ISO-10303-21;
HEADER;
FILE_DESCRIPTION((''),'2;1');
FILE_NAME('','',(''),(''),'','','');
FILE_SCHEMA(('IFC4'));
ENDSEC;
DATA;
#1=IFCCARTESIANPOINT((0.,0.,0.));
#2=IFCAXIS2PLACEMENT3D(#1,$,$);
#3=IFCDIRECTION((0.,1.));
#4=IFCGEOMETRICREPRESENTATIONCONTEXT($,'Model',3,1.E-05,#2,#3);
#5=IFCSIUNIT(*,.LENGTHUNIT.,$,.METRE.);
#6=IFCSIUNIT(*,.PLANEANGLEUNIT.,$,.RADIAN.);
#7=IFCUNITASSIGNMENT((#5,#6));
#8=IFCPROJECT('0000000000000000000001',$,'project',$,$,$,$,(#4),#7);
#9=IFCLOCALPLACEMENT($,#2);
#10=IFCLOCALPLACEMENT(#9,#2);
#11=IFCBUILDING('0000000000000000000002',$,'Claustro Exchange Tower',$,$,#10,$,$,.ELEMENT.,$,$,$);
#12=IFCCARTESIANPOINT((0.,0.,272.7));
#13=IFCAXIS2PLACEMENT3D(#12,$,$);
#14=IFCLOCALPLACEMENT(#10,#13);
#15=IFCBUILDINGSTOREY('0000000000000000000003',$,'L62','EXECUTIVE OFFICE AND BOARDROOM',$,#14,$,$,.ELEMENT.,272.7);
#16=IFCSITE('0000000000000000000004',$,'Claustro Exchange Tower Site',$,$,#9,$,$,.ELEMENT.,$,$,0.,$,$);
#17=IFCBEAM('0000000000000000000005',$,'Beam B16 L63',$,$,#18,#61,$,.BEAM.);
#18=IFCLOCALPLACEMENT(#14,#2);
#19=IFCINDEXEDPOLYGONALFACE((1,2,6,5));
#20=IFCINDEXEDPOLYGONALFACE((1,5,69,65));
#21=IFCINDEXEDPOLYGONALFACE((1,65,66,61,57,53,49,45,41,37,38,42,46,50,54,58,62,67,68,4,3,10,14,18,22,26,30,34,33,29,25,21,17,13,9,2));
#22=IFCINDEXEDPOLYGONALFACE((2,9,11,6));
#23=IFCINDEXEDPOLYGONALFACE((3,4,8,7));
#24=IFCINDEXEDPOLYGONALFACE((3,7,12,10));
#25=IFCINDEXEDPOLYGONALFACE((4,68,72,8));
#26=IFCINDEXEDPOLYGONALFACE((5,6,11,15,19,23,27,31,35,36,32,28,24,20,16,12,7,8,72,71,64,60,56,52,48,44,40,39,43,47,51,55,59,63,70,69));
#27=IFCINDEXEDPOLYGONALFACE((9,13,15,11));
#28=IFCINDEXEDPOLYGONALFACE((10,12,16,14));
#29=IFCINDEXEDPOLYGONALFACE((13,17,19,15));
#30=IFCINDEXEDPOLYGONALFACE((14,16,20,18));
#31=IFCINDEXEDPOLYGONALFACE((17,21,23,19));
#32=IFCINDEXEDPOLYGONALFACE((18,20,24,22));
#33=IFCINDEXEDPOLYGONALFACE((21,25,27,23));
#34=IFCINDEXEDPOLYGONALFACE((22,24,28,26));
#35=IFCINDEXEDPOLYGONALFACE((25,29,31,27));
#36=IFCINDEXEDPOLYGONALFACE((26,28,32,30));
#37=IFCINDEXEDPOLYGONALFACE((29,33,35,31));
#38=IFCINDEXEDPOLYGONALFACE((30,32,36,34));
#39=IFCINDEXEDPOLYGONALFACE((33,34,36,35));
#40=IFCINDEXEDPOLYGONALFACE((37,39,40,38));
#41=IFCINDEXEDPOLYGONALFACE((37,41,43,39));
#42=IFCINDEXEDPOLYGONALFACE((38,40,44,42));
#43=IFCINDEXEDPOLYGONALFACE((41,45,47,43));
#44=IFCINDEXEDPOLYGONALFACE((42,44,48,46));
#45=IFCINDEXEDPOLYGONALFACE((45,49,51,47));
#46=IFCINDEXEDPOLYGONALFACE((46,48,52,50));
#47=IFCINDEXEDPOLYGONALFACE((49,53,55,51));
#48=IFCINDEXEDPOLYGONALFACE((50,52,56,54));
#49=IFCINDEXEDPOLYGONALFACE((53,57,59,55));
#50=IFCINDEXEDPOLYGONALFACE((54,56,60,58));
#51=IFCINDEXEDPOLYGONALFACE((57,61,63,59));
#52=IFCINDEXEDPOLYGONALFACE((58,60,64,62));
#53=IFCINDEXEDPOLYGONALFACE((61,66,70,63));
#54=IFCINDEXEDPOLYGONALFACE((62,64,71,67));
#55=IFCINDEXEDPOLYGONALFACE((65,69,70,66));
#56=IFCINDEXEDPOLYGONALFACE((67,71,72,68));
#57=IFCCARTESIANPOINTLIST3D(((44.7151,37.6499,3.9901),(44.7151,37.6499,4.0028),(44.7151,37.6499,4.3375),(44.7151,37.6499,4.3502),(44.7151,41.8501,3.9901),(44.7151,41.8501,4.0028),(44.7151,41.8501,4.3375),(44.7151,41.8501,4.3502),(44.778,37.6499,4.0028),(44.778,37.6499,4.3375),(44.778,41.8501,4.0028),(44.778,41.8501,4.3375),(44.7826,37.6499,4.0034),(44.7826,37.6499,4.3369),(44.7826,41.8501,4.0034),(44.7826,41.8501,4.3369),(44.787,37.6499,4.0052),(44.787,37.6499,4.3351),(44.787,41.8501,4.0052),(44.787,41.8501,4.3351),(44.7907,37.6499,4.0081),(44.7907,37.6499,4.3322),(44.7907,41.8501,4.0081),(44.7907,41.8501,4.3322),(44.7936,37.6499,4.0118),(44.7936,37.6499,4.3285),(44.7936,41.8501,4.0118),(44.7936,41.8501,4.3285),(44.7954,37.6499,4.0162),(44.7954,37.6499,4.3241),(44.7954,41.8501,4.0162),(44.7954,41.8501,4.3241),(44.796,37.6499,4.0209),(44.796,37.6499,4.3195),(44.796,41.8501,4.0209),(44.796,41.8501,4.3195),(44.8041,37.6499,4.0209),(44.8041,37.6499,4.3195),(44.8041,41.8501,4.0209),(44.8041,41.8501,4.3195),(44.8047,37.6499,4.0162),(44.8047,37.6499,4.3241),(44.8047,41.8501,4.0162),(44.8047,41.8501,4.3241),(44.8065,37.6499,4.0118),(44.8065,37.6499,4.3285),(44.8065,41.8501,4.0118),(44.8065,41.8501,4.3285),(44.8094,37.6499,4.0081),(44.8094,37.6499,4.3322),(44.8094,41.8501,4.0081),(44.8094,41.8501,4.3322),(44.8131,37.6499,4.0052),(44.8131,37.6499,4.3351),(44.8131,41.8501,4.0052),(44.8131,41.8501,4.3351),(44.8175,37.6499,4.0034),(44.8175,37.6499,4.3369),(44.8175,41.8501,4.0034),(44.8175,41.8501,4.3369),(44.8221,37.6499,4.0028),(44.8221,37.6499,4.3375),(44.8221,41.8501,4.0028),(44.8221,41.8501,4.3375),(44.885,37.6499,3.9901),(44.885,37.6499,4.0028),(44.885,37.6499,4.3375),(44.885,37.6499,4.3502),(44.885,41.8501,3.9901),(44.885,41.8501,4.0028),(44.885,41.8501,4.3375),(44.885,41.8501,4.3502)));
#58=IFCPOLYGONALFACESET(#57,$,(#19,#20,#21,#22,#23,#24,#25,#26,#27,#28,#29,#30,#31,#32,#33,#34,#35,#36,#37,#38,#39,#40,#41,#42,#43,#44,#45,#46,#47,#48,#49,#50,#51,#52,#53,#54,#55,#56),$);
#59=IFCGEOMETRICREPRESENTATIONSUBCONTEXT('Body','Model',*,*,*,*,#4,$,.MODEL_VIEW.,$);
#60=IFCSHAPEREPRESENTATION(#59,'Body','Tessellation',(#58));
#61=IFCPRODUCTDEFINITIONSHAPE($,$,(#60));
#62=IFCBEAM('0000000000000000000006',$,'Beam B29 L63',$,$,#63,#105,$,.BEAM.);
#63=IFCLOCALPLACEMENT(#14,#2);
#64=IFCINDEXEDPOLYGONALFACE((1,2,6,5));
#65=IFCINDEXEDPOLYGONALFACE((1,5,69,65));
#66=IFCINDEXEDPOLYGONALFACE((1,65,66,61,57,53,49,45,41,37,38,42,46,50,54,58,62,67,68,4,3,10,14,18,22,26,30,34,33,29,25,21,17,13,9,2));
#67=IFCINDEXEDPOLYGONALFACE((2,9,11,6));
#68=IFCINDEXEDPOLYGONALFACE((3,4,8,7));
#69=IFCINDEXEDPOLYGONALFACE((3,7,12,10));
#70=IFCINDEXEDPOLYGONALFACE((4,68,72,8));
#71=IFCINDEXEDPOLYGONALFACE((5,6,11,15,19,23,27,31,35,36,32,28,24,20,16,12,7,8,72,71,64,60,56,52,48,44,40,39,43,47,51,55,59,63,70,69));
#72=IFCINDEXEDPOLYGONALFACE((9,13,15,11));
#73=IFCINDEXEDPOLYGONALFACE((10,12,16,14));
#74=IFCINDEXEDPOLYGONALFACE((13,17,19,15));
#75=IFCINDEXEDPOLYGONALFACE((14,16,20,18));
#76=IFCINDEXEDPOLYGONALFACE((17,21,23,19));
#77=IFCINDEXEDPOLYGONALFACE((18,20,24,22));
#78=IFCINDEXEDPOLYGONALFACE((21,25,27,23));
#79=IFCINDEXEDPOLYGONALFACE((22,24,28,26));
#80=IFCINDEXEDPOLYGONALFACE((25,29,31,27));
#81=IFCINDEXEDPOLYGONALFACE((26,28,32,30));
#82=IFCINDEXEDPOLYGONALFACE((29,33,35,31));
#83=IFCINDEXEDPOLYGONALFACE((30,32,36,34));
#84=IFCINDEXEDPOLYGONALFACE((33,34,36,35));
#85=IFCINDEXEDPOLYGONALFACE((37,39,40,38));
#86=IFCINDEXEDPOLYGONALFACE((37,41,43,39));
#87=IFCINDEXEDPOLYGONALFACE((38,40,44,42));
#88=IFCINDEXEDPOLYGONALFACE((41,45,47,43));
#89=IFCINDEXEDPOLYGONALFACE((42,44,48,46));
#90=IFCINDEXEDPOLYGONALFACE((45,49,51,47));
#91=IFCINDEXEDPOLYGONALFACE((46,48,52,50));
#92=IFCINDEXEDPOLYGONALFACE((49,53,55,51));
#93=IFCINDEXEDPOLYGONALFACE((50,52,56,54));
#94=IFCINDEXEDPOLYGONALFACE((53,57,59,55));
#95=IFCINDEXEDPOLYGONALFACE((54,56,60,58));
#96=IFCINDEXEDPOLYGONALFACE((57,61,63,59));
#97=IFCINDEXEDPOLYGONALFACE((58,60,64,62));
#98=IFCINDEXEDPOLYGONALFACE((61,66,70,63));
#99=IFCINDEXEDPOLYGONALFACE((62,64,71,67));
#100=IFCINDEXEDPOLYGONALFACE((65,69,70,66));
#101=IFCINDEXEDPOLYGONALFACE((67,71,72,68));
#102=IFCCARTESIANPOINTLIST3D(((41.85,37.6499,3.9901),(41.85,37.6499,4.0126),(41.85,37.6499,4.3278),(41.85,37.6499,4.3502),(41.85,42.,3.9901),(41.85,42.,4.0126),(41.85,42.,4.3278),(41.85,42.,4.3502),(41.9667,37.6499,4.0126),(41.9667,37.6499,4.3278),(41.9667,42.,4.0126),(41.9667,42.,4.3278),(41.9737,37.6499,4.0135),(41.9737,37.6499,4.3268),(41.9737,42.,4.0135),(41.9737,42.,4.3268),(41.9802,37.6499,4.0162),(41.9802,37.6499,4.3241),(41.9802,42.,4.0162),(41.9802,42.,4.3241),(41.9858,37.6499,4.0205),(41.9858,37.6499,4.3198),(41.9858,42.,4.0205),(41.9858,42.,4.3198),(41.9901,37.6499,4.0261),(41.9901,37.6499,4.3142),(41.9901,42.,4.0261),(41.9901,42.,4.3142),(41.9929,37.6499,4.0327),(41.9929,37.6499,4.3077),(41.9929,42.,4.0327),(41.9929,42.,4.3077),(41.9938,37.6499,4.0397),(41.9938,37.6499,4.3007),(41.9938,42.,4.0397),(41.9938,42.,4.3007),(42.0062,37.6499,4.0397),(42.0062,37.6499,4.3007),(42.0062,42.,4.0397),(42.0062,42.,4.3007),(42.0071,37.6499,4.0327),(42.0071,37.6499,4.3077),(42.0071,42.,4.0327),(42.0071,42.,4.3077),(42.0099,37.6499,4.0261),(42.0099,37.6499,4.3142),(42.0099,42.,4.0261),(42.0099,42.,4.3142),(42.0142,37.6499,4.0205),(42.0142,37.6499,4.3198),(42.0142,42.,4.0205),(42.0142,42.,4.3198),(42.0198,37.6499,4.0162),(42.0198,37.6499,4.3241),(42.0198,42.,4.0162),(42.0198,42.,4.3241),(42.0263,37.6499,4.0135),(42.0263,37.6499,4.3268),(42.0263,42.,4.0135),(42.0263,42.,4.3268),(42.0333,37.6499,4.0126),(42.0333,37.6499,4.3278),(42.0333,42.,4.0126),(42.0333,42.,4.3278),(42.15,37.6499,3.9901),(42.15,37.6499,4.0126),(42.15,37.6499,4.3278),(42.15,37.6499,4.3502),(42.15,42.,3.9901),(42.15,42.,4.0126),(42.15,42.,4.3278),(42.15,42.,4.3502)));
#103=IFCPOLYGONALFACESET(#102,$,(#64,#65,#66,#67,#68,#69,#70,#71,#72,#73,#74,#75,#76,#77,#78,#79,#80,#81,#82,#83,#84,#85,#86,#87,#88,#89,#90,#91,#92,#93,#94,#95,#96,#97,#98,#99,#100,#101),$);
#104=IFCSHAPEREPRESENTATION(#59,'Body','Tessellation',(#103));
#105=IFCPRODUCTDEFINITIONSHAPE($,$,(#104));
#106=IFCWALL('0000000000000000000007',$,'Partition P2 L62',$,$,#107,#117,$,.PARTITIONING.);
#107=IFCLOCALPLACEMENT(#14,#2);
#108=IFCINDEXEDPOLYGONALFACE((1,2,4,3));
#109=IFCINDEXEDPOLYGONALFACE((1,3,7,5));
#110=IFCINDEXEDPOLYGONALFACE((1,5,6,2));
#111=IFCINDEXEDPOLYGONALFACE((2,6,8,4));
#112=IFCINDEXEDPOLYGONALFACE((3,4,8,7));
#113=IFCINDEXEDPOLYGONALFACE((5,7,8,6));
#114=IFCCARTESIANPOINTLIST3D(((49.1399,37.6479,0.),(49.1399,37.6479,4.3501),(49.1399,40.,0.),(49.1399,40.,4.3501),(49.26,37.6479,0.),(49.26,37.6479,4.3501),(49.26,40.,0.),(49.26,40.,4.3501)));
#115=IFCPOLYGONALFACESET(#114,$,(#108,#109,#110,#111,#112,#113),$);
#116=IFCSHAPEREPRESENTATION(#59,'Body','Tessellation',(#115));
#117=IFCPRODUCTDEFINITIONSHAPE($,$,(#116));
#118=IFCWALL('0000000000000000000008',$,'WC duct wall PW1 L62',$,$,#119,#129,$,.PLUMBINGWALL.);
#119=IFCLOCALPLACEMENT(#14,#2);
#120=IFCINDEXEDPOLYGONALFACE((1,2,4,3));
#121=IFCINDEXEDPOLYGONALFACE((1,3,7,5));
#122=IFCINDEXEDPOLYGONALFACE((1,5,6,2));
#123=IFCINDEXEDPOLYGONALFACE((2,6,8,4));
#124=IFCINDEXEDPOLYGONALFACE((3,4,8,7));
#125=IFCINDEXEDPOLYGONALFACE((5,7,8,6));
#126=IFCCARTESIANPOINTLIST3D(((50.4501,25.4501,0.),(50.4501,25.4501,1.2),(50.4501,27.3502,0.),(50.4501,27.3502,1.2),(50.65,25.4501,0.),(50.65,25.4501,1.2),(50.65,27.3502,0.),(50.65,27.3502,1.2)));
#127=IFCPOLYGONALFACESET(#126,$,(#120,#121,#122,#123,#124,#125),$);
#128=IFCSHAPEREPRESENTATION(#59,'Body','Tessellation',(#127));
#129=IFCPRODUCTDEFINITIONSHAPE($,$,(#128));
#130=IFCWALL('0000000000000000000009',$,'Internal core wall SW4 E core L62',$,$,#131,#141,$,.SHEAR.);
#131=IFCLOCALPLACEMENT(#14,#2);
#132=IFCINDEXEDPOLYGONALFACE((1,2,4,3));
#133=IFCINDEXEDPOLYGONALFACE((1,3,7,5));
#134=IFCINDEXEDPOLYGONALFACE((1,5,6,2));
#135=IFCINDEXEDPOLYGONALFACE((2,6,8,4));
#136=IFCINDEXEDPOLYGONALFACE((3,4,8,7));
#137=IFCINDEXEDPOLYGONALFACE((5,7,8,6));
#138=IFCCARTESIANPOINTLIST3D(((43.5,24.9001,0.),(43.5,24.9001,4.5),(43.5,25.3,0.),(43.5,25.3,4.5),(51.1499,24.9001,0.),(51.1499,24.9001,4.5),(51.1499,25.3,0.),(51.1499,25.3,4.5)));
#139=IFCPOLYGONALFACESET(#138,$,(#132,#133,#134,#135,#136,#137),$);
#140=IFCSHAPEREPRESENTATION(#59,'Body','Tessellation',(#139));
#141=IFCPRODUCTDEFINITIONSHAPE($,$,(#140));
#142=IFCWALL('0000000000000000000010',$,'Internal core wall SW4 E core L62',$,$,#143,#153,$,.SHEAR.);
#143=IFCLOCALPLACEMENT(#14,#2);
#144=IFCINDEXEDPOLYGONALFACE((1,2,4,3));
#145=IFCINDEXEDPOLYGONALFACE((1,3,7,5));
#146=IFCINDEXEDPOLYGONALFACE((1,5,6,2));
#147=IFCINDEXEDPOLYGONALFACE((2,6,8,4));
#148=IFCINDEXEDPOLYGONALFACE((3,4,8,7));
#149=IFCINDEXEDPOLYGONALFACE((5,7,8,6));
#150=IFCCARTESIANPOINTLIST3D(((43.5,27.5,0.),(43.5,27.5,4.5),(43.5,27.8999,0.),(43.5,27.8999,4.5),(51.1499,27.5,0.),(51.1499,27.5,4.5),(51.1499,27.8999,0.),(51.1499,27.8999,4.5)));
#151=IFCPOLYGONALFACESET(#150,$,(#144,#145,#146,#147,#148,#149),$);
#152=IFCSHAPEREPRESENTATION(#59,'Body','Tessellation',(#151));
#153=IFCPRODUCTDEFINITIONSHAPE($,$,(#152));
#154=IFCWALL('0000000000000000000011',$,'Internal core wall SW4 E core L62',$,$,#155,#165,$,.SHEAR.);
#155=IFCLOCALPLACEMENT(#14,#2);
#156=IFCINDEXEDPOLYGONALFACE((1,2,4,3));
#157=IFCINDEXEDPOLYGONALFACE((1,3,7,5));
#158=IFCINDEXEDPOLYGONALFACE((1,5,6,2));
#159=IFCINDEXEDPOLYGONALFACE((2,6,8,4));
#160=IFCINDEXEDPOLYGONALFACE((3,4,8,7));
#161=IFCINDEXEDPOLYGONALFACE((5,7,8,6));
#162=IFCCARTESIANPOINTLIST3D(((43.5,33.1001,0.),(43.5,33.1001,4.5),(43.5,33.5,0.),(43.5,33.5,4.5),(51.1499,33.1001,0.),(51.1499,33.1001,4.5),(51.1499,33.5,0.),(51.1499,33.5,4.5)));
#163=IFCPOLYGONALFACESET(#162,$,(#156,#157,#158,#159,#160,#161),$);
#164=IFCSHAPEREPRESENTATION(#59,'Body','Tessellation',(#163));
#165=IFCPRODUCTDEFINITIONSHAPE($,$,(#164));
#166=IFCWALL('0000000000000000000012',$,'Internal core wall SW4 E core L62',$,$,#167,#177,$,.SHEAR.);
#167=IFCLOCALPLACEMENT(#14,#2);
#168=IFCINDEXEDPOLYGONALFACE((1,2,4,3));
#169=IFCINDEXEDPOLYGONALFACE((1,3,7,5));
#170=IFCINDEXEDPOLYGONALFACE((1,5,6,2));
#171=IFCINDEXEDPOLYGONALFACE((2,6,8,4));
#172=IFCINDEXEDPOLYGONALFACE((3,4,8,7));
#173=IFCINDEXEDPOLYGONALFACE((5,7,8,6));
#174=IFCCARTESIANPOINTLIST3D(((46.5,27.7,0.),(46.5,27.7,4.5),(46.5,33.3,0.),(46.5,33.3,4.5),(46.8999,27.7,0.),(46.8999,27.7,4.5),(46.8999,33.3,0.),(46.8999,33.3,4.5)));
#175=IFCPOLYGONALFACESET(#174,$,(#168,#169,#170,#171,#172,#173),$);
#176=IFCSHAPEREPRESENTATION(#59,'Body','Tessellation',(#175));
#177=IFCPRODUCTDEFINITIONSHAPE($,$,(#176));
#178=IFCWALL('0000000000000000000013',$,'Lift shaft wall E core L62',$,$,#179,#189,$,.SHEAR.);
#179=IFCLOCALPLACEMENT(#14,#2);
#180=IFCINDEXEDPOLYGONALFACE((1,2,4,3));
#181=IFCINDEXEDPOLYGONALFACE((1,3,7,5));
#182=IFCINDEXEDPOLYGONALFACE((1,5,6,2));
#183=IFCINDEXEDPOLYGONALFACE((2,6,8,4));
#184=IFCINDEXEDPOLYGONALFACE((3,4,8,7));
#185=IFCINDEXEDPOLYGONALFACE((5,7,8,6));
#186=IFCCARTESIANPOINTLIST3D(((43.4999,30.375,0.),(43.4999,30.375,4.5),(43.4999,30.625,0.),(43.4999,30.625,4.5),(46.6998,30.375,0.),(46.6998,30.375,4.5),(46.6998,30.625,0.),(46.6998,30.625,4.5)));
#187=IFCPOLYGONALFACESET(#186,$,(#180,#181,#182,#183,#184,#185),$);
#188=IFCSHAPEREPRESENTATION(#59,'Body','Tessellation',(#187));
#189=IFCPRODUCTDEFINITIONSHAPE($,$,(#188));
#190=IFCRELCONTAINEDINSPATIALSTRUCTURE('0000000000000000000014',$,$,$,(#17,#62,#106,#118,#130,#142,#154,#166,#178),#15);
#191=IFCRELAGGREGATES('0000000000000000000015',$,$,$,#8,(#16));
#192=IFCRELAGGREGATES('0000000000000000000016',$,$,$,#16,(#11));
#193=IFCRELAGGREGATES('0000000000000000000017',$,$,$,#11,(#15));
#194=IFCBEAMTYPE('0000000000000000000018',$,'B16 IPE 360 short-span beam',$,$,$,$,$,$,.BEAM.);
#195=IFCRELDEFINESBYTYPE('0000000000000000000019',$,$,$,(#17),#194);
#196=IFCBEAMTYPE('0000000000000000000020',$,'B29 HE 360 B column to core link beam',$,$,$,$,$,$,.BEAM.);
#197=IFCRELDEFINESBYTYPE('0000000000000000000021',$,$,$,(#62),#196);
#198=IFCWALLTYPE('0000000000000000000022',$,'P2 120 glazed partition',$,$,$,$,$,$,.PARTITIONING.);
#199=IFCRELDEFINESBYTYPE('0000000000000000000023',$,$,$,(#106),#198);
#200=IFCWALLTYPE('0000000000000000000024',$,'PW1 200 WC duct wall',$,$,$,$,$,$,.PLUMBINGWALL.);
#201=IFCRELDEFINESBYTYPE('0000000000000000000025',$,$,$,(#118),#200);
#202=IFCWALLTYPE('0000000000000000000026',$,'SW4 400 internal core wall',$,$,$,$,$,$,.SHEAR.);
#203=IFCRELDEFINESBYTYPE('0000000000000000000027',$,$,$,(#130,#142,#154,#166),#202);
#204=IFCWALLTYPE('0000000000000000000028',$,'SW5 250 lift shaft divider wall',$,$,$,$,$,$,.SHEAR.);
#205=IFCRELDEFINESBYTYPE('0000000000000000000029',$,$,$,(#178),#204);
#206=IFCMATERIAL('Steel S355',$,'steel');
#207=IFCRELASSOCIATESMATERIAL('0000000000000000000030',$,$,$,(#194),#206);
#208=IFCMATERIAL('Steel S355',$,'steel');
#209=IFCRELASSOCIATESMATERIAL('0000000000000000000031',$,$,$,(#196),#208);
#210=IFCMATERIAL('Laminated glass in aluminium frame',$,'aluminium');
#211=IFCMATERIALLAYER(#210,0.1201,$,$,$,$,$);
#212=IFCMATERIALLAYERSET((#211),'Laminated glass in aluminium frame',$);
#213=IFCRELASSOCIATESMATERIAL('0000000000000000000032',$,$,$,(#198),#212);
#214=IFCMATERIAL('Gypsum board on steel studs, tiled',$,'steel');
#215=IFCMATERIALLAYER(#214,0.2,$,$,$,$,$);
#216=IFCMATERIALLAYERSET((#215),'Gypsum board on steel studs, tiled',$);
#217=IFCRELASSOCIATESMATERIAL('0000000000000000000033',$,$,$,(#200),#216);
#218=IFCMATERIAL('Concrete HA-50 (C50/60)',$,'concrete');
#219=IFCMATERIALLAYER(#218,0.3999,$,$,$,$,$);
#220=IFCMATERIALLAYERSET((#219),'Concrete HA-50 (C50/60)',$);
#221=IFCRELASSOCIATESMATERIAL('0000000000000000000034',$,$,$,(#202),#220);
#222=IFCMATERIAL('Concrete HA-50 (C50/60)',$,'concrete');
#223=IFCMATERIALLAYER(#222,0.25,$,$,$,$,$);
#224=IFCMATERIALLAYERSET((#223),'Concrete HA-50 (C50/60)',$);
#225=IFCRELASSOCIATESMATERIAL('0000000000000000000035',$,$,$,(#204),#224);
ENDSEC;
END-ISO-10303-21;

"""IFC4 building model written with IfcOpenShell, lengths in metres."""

from ifc_helpers import new_model, si_unit, direction, frame, frame_2d, origin, origin_2d, place, context, subcontext, project, spatial, rectangle, i_section, extrude, material, layer, layer_set, material_profile, profile_set, type_object, element, save


model = new_model("IFC4")

# Units and contexts
model_context = context("Model", 3, precision=1e-05, world=origin(), true_north=direction((0.0, 1.0)))
body_context = subcontext(model_context, "Body", "Model", "MODEL_VIEW")
ifc_project = project(units=[si_unit("LENGTHUNIT", "METRE"), si_unit("PLANEANGLEUNIT", "RADIAN")], contexts=[model_context])

# Site, building, storey
site_placement = place(None, origin())
site = spatial("IfcSite", under=ifc_project, at=site_placement, Name="Claustro Exchange Tower Site", CompositionType="ELEMENT", RefElevation=0.0)
building_placement = place(site_placement, origin())
building = spatial("IfcBuilding", under=site, at=building_placement, Name="Claustro Exchange Tower", CompositionType="ELEMENT")
storey_placement = place(building_placement, frame((0.0, 0.0, 272.7)))
storey = spatial("IfcBuildingStorey", under=building, at=storey_placement, Name="L62", Description="EXECUTIVE OFFICE AND BOARDROOM", CompositionType="ELEMENT", Elevation=272.7)

# Beams
ifc_material_1 = material(Name="Steel S355", Category="steel")
ifc_material_profile_1 = material_profile(ifc_material_1, i_section(OverallWidth=0.1699, OverallDepth=0.3601, WebThickness=0.0081, FlangeThickness=0.0127, FilletRadius=0.0181, at=origin_2d()), Name="IPE 360")
ifc_profile_set_1 = profile_set([ifc_material_profile_1], Name="Steel S355")
beam_type_1 = type_object("IfcBeamType", Name="B16 IPE 360 short-span beam", PredefinedType="BEAM", material=ifc_profile_set_1)
beam_1_placement = place(storey_placement, frame((44.8, 37.6499, 4.1702), z_axis=(0.0, 1.0, 0.0), x_axis=(-1.0, 0.0, 0.0)))
element("IfcBeam", 1, at=beam_1_placement, inside=storey, type_object=beam_type_1, Name="Beam B16 L63", PredefinedType="BEAM", context=body_context, shape_type="SweptSolid", body=[
    extrude(i_section(OverallWidth=0.1699, OverallDepth=0.3601, WebThickness=0.0081, FlangeThickness=0.0127, FilletRadius=0.0181, at=origin_2d()), origin(), (0.0, 0.0, 1.0), 4.2002),
])
ifc_material_2 = material(Name="Steel S355", Category="steel")
ifc_material_profile_2 = material_profile(ifc_material_2, i_section(OverallWidth=0.3, OverallDepth=0.3601, WebThickness=0.0125, FlangeThickness=0.0225, FilletRadius=0.0271, at=origin_2d()), Name="HE 360 B")
ifc_profile_set_2 = profile_set([ifc_material_profile_2], Name="Steel S355")
beam_type_2 = type_object("IfcBeamType", Name="B29 HE 360 B column to core link beam", PredefinedType="BEAM", material=ifc_profile_set_2)
beam_2_placement = place(storey_placement, frame((42.0, 37.6499, 4.1702), z_axis=(0.0, 1.0, 0.0), x_axis=(-1.0, 0.0, 0.0)))
element("IfcBeam", 2, at=beam_2_placement, inside=storey, type_object=beam_type_2, Name="Beam B29 L63", PredefinedType="BEAM", context=body_context, shape_type="SweptSolid", body=[
    extrude(i_section(OverallWidth=0.3, OverallDepth=0.3601, WebThickness=0.0125, FlangeThickness=0.0225, FilletRadius=0.0271, at=origin_2d()), origin(), (0.0, 0.0, 1.0), 4.3501),
])

# Walls
ifc_material_3 = material(Name="Laminated glass in aluminium frame", Category="aluminium")
ifc_layer_1 = layer(ifc_material_3, 0.1201)
ifc_layer_set_1 = layer_set([ifc_layer_1], Name="Laminated glass in aluminium frame")
wall_type_1 = type_object("IfcWallType", Name="P2 120 glazed partition", PredefinedType="PARTITIONING", material=ifc_layer_set_1)
wall_1_placement = place(storey_placement, frame((49.2, 37.6479, 0.0), z_axis=(0.0, 0.0, 1.0), x_axis=(0.0, 1.0, 0.0)))
element("IfcWall", 3, at=wall_1_placement, inside=storey, type_object=wall_type_1, Name="Partition P2 L62", PredefinedType="PARTITIONING", context=body_context, shape_type="SweptSolid", body=[
    extrude(rectangle(XDim=2.3521, YDim=0.1201, at=frame_2d((1.176, 0.0))), origin(), (0.0, 0.0, 1.0), 4.3501),
])
ifc_material_4 = material(Name="Gypsum board on steel studs, tiled", Category="steel")
ifc_layer_2 = layer(ifc_material_4, 0.2)
ifc_layer_set_2 = layer_set([ifc_layer_2], Name="Gypsum board on steel studs, tiled")
wall_type_2 = type_object("IfcWallType", Name="PW1 200 WC duct wall", PredefinedType="PLUMBINGWALL", material=ifc_layer_set_2)
wall_2_placement = place(storey_placement, frame((50.55, 25.45, 0.0), z_axis=(0.0, 0.0, 1.0), x_axis=(0.0, 1.0, 0.0)))
element("IfcWall", 4, at=wall_2_placement, inside=storey, type_object=wall_type_2, Name="WC duct wall PW1 L62", PredefinedType="PLUMBINGWALL", context=body_context, shape_type="SweptSolid", body=[
    extrude(rectangle(XDim=1.9001, YDim=0.2, at=frame_2d((0.9502, 0.0))), origin(), (0.0, 0.0, 1.0), 1.2),
])
ifc_material_5 = material(Name="Concrete HA-50 (C50/60)", Category="concrete")
ifc_layer_3 = layer(ifc_material_5, 0.3999)
ifc_layer_set_3 = layer_set([ifc_layer_3], Name="Concrete HA-50 (C50/60)")
wall_type_3 = type_object("IfcWallType", Name="SW4 400 internal core wall", PredefinedType="SHEAR", material=ifc_layer_set_3)
for number, where, z_axis, x_axis, name in (
    (5, (51.1499, 25.1001, 0.0), (0.0, 0.0, 1.0), (-1.0, 0.0, 0.0), "Internal core wall SW4 E core L62"),
    (6, (51.1499, 27.7, 0.0), (0.0, 0.0, 1.0), (-1.0, 0.0, 0.0), "Internal core wall SW4 E core L62"),
    (7, (51.1499, 33.3, 0.0), (0.0, 0.0, 1.0), (-1.0, 0.0, 0.0), "Internal core wall SW4 E core L62"),
):
    element("IfcWall", number, at=place(storey_placement, frame(where, z_axis=z_axis, x_axis=x_axis)), inside=storey, type_object=wall_type_3, Name=name, PredefinedType="SHEAR", context=body_context, shape_type="SweptSolid", body=[
        extrude(rectangle(XDim=7.6499, YDim=0.3999, at=frame_2d((3.825, 0.0))), origin(), (0.0, 0.0, 1.0), 4.5),
    ])
wall_3_placement = place(storey_placement, frame((46.7, 27.7, 0.0), z_axis=(0.0, 0.0, 1.0), x_axis=(0.0, 1.0, 0.0)))
element("IfcWall", 8, at=wall_3_placement, inside=storey, type_object=wall_type_3, Name="Internal core wall SW4 E core L62", PredefinedType="SHEAR", context=body_context, shape_type="SweptSolid", body=[
    extrude(rectangle(XDim=5.6001, YDim=0.3999, at=frame_2d((2.8, 0.0))), origin(), (0.0, 0.0, 1.0), 4.5),
])
ifc_material_6 = material(Name="Concrete HA-50 (C50/60)", Category="concrete")
ifc_layer_4 = layer(ifc_material_6, 0.25)
ifc_layer_set_4 = layer_set([ifc_layer_4], Name="Concrete HA-50 (C50/60)")
wall_type_4 = type_object("IfcWallType", Name="SW5 250 lift shaft divider wall", PredefinedType="SHEAR", material=ifc_layer_set_4)
wall_4_placement = place(storey_placement, frame((46.7, 30.5, 0.0), z_axis=(0.0, 0.0, 1.0), x_axis=(-1.0, 0.0, 0.0)))
element("IfcWall", 9, at=wall_4_placement, inside=storey, type_object=wall_type_4, Name="Lift shaft wall E core L62", PredefinedType="SHEAR", context=body_context, shape_type="SweptSolid", body=[
    extrude(rectangle(XDim=3.2, YDim=0.25, at=frame_2d((1.6001, 0.0))), origin(), (0.0, 0.0, 1.0), 4.5),
])

save(model, "model.ifc")
